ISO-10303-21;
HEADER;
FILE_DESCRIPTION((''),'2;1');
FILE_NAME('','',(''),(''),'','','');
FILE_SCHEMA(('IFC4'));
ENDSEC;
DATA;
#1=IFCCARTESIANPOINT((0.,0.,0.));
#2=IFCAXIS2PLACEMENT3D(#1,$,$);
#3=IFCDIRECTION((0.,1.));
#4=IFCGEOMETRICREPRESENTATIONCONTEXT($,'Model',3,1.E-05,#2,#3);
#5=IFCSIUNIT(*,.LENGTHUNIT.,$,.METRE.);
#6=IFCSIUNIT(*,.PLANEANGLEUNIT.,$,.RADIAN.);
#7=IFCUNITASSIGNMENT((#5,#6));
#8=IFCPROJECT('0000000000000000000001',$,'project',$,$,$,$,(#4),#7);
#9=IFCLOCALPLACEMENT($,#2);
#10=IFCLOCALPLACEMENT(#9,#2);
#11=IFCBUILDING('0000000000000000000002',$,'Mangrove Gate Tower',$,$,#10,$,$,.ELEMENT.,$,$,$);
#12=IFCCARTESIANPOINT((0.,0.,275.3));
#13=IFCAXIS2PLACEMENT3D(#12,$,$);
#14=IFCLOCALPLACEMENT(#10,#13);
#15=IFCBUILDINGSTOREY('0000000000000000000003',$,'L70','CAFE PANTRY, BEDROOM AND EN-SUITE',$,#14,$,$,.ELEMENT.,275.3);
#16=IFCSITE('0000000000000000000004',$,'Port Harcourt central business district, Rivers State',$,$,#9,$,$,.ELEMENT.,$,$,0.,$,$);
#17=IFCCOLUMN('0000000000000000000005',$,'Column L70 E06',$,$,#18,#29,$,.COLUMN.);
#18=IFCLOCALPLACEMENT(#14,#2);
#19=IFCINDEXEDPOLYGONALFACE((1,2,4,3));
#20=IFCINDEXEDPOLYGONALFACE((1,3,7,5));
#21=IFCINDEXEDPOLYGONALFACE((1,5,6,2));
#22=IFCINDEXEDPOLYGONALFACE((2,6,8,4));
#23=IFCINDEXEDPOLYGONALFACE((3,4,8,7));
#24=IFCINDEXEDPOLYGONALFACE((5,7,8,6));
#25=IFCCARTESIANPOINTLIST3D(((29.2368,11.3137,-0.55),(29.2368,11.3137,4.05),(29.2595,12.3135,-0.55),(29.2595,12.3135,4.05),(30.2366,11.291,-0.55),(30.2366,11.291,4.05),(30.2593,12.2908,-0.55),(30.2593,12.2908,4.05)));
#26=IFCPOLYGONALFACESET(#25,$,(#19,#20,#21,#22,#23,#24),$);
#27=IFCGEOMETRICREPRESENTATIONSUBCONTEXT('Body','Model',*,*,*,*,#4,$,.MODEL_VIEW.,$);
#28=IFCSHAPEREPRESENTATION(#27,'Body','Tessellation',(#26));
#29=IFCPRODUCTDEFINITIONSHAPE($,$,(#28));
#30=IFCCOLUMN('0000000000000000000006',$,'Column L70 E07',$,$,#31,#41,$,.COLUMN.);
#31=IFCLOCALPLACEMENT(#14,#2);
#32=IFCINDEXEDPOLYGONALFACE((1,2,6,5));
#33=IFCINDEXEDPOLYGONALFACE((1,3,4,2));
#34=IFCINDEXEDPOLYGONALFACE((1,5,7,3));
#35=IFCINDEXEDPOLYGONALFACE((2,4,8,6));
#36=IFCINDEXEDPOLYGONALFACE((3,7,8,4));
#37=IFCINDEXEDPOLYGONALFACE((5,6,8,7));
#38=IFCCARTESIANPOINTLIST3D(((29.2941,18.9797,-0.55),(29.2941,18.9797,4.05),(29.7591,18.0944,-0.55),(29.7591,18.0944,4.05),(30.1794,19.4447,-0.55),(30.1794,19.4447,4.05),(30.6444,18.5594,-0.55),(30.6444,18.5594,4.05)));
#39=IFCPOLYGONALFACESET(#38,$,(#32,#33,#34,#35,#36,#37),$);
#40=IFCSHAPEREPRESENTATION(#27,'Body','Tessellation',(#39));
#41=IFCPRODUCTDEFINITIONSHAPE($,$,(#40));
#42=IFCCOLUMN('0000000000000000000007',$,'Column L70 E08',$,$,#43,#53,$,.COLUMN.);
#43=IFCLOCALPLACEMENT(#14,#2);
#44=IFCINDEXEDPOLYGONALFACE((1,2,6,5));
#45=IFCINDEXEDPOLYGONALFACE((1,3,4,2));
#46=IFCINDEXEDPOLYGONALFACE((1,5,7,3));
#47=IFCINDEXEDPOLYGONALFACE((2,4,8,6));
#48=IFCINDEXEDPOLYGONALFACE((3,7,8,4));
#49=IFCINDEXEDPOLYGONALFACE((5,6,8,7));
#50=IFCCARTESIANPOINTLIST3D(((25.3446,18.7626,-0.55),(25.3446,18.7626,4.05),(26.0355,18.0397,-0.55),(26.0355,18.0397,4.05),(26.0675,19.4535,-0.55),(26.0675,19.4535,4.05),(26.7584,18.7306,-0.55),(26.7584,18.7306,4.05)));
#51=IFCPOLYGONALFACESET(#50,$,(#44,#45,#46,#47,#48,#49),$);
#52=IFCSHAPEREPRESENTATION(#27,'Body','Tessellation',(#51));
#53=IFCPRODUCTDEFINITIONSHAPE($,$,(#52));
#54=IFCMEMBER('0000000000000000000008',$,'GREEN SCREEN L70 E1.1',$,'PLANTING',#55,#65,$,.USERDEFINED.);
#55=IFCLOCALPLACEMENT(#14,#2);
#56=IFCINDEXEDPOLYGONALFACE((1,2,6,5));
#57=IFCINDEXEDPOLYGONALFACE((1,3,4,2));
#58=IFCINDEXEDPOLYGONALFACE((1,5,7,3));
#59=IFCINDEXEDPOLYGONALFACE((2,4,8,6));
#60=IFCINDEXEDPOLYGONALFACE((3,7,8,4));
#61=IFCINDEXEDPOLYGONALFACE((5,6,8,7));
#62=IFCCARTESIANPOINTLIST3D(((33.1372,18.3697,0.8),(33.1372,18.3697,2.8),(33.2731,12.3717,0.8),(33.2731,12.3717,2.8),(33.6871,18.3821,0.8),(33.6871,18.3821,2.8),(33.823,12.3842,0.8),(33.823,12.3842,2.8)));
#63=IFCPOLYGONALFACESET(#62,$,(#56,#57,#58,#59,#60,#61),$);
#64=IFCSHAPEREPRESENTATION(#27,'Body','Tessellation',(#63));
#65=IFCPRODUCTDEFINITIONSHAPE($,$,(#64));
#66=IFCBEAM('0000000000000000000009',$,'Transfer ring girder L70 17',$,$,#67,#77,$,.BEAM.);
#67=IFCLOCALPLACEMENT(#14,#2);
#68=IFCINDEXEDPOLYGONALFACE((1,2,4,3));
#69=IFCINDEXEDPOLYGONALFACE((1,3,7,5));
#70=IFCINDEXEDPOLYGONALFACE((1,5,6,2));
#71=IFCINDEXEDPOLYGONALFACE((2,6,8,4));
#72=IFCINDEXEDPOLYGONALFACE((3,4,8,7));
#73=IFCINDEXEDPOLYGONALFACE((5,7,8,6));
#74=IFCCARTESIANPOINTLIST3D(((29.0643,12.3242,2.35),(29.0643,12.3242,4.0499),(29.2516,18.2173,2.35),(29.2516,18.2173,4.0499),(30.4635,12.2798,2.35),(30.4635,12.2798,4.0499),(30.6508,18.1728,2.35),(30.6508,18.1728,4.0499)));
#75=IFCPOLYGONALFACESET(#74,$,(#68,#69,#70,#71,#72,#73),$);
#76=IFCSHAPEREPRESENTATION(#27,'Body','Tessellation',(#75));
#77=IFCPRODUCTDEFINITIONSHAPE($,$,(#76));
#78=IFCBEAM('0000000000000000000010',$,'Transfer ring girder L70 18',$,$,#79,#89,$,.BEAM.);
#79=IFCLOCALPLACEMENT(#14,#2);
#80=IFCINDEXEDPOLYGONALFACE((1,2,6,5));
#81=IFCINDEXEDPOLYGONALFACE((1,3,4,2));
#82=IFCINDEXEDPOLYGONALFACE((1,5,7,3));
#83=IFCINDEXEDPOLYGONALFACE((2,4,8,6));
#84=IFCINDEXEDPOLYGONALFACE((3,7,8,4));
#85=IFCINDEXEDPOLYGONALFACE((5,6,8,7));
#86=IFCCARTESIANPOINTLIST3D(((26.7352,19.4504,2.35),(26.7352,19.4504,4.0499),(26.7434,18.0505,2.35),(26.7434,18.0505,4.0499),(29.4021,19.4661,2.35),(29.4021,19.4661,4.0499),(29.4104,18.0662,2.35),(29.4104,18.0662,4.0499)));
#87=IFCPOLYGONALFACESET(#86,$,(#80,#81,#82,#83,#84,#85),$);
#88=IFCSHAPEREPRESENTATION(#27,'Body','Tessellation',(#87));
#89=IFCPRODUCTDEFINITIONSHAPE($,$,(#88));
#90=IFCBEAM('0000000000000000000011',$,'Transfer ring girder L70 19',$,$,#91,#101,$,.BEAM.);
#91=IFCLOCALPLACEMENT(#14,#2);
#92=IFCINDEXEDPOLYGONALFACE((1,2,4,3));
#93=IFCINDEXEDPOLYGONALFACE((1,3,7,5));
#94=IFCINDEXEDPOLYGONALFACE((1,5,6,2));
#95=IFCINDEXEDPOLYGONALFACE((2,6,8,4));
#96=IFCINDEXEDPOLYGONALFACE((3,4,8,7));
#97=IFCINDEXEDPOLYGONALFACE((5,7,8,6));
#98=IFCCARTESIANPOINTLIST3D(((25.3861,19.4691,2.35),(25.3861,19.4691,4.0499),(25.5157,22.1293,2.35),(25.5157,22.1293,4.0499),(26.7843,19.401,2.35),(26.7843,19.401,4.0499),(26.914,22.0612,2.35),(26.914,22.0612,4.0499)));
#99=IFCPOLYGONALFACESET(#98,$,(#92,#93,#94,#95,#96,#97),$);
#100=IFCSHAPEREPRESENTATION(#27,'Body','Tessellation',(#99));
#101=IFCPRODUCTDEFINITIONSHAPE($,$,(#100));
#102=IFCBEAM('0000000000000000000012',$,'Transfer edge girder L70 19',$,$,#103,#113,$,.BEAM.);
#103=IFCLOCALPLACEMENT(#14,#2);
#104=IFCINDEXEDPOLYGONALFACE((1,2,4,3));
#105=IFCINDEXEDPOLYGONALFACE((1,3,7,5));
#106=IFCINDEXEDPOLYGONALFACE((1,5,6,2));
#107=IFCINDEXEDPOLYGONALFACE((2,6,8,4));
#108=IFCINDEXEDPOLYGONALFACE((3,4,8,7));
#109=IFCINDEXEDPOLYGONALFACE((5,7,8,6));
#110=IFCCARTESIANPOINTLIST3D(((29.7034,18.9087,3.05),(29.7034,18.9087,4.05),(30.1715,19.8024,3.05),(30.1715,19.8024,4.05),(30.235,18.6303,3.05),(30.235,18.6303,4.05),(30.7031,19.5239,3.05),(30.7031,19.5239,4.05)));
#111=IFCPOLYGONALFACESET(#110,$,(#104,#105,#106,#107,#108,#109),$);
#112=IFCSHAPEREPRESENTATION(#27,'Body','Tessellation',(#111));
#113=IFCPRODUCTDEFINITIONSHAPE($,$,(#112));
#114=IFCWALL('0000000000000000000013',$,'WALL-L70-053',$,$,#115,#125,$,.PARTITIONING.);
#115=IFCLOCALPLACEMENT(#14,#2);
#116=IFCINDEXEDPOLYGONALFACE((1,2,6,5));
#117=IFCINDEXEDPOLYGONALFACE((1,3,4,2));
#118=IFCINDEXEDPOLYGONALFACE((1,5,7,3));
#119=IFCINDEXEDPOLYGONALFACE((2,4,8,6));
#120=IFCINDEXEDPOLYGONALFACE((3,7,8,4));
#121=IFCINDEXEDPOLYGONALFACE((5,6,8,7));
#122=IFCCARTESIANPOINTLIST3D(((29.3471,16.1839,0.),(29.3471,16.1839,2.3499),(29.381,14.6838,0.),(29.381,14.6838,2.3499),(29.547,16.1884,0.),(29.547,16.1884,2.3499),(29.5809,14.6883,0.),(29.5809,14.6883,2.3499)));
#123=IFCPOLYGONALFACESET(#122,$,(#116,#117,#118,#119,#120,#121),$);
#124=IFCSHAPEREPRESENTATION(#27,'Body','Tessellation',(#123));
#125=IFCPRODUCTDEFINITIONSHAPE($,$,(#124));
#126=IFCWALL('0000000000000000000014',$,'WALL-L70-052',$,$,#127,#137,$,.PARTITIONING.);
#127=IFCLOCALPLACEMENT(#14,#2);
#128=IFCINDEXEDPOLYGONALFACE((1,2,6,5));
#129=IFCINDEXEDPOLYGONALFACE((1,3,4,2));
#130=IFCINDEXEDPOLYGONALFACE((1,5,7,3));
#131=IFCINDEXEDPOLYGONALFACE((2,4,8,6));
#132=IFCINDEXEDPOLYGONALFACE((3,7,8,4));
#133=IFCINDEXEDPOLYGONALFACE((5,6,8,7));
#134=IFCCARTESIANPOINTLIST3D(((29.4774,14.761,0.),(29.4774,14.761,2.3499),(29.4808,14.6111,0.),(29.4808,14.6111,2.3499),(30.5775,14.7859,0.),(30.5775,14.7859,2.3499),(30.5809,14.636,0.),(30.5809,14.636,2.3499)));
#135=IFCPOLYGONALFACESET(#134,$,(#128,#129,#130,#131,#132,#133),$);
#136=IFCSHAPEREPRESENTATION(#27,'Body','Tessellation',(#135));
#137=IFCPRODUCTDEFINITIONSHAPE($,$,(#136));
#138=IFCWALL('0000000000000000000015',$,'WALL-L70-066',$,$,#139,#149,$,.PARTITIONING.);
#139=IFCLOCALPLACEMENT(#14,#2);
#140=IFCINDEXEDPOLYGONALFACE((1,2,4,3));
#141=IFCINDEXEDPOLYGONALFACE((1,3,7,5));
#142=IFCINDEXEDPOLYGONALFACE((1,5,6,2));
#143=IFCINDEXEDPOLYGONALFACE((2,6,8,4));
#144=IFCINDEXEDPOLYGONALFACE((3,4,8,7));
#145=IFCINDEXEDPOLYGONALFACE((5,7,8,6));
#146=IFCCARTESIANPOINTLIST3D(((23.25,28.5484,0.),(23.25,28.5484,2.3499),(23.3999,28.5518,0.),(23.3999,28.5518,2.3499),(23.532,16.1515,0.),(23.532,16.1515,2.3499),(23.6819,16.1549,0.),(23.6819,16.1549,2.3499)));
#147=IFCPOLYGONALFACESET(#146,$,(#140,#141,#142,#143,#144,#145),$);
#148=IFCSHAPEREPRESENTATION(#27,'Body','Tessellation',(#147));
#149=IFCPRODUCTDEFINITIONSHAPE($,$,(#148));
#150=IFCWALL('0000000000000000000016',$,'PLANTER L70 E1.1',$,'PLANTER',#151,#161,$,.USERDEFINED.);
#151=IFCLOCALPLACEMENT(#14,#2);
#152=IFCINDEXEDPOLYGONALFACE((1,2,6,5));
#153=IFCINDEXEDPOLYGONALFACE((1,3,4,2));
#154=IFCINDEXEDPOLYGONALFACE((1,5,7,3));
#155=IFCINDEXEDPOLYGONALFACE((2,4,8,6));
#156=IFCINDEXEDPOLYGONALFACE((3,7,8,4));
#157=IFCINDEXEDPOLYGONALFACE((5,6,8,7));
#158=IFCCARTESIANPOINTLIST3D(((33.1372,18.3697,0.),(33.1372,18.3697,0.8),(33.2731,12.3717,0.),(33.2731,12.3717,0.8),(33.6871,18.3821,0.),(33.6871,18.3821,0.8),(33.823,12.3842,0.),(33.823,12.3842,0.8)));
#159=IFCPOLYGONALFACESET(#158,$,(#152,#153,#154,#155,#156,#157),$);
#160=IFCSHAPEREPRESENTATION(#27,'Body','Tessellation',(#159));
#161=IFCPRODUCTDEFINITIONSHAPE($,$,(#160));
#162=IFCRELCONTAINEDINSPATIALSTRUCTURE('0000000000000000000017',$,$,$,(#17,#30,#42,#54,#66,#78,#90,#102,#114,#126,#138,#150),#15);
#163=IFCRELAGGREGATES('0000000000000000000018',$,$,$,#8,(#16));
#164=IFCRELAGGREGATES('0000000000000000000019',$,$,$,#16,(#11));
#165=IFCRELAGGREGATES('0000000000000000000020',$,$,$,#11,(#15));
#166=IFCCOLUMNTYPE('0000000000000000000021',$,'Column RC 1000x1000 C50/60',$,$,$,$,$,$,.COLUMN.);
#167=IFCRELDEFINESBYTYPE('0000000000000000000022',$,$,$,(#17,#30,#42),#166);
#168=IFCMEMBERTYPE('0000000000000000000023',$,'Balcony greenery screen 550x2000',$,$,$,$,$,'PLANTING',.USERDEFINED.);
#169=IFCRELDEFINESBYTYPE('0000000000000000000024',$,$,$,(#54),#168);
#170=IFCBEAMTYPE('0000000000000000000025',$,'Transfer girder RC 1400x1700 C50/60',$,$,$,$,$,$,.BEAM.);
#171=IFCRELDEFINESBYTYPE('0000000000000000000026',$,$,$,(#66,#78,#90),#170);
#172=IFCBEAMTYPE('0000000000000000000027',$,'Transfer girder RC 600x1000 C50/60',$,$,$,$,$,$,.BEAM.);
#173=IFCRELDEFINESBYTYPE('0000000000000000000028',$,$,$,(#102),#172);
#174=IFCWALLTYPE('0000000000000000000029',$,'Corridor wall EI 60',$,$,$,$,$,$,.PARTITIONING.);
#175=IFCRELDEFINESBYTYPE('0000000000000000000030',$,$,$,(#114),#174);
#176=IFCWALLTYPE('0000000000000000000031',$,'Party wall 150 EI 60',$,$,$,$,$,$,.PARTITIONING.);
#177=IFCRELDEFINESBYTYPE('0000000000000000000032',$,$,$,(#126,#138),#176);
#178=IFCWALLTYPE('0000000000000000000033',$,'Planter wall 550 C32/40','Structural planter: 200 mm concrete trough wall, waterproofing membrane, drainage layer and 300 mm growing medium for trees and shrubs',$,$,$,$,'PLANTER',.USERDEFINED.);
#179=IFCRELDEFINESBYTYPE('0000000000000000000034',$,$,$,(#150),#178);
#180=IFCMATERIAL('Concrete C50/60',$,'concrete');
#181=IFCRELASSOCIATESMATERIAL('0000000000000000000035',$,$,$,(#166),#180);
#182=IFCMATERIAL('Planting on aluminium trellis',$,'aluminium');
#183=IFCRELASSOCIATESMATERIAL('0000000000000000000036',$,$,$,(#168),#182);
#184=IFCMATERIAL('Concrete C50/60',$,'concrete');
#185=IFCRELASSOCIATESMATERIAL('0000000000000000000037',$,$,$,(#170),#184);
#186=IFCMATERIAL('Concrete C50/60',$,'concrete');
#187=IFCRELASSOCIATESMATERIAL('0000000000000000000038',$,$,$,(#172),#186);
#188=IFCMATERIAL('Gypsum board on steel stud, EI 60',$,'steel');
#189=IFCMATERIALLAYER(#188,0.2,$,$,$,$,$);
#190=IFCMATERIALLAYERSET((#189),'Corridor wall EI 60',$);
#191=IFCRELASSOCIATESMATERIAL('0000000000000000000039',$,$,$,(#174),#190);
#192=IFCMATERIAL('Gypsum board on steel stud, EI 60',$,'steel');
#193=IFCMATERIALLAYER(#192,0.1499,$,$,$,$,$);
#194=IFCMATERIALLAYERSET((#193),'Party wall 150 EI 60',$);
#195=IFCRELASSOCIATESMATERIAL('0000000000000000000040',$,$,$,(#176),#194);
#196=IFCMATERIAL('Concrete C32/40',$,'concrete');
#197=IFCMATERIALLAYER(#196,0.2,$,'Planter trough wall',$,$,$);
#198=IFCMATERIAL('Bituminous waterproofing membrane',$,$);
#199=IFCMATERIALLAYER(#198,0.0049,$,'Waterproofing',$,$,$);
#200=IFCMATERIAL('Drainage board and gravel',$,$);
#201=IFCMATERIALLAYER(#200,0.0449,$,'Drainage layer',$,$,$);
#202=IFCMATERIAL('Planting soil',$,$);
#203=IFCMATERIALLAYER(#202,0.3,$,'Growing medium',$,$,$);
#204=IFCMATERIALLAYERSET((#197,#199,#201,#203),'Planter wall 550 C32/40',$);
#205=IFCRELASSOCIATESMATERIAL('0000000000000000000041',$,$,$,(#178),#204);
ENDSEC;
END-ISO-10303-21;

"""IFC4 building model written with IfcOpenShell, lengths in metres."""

from ifc_helpers import new_model, si_unit, direction, frame, frame_2d, origin, origin_2d, place, context, subcontext, project, spatial, rectangle, extrude, material, layer, layer_set, material_profile, profile_set, type_object, element, save


model = new_model("IFC4")

# Units and contexts
model_context = context("Model", 3, precision=1e-05, world=origin(), true_north=direction((0.0, 1.0)))
body_context = subcontext(model_context, "Body", "Model", "MODEL_VIEW")
ifc_project = project(units=[si_unit("LENGTHUNIT", "METRE"), si_unit("PLANEANGLEUNIT", "RADIAN")], contexts=[model_context])

# Site, building, storey
site_placement = place(None, origin())
site = spatial("IfcSite", under=ifc_project, at=site_placement, Name="Port Harcourt central business district, Rivers State", CompositionType="ELEMENT", RefElevation=0.0)
building_placement = place(site_placement, origin())
building = spatial("IfcBuilding", under=site, at=building_placement, Name="Mangrove Gate Tower", CompositionType="ELEMENT")
storey_placement = place(building_placement, frame((0.0, 0.0, 275.3)))
storey = spatial("IfcBuildingStorey", under=building, at=storey_placement, Name="L70", Description="CAFE PANTRY, BEDROOM AND EN-SUITE", CompositionType="ELEMENT", Elevation=275.3)

# Columns
ifc_material_1 = material(Name="Concrete C50/60", Category="concrete")
ifc_material_profile_1 = material_profile(ifc_material_1, rectangle(XDim=1.0, YDim=1.0, at=origin_2d()))
ifc_profile_set_1 = profile_set([ifc_material_profile_1], Name="Concrete C50/60")
column_type = type_object("IfcColumnType", Name="Column RC 1000x1000 C50/60", PredefinedType="COLUMN", material=ifc_profile_set_1)
for number, where, z_axis, x_axis, name in (
    (1, (29.748, 11.8022, -0.55), (0.0, 0.0, 1.0), (0.022669, 0.999743, 0.0), "Column L70 E06"),
    (2, (29.9692, 18.7695, -0.55), (0.0, 0.0, 1.0), (-0.465022, 0.885299, 0.0), "Column L70 E07"),
    (3, (26.0515, 18.7466, -0.55), (0.0, 0.0, 1.0), (-0.690926, 0.722926, 0.0), "Column L70 E08"),
):
    element("IfcColumn", number, at=place(storey_placement, frame(where, z_axis=z_axis, x_axis=x_axis)), inside=storey, type_object=column_type, Name=name, PredefinedType="COLUMN", context=body_context, shape_type="SweptSolid", body=[
        extrude(rectangle(XDim=1.0, YDim=1.0, at=origin_2d()), origin(), (0.0, 0.0, 1.0), 4.6001),
    ])

# Member
ifc_material_2 = material(Name="Planting on aluminium trellis", Category="aluminium")
ifc_material_profile_2 = material_profile(ifc_material_2, rectangle(XDim=0.55, YDim=2.0, at=origin_2d()))
ifc_profile_set_2 = profile_set([ifc_material_profile_2], Name="Planting on aluminium trellis")
member_type = type_object("IfcMemberType", Name="Balcony greenery screen 550x2000", ElementType="PLANTING", PredefinedType="USERDEFINED", material=ifc_profile_set_2)
member_placement = place(storey_placement, frame((33.5481, 12.3779, 1.8), z_axis=(-0.022666, 0.999743, 0.0), x_axis=(-0.999743, -0.022666, 0.0)))
element("IfcMember", 4, at=member_placement, inside=storey, type_object=member_type, Name="GREEN SCREEN L70 E1.1", ObjectType="PLANTING", PredefinedType="USERDEFINED", context=body_context, shape_type="SweptSolid", body=[
    extrude(rectangle(XDim=0.55, YDim=2.0, at=origin_2d()), origin(), (0.0, 0.0, 1.0), 5.9995),
])

# Beams
ifc_material_3 = material(Name="Concrete C50/60", Category="concrete")
ifc_material_profile_3 = material_profile(ifc_material_3, rectangle(XDim=1.3999, YDim=1.7, at=origin_2d()))
ifc_profile_set_3 = profile_set([ifc_material_profile_3], Name="Concrete C50/60")
beam_type_1 = type_object("IfcBeamType", Name="Transfer girder RC 1400x1700 C50/60", PredefinedType="BEAM", material=ifc_profile_set_3)
beam_1_placement = place(storey_placement, frame((29.7639, 12.302, 3.2), z_axis=(0.03176, 0.999496, 0.0), x_axis=(-0.999496, 0.03176, 0.0)))
element("IfcBeam", 5, at=beam_1_placement, inside=storey, type_object=beam_type_1, Name="Transfer ring girder L70 17", PredefinedType="BEAM", context=body_context, shape_type="SweptSolid", body=[
    extrude(rectangle(XDim=1.3999, YDim=1.7, at=origin_2d()), origin(), (0.0, 0.0, 1.0), 5.896),
])
beam_2_placement = place(storey_placement, frame((29.4062, 18.7661, 3.2), z_axis=(-0.999983, -0.005859, 0.0), x_axis=(0.005859, -0.999983, 0.0)))
element("IfcBeam", 6, at=beam_2_placement, inside=storey, type_object=beam_type_1, Name="Transfer ring girder L70 18", PredefinedType="BEAM", context=body_context, shape_type="SweptSolid", body=[
    extrude(rectangle(XDim=1.3999, YDim=1.7, at=origin_2d()), origin(), (0.0, 0.0, 1.0), 2.667),
])
beam_3_placement = place(storey_placement, frame((26.0852, 19.4351, 3.2), z_axis=(0.048676, 0.998815, 0.0), x_axis=(-0.998815, 0.048676, 0.0)))
element("IfcBeam", 7, at=beam_3_placement, inside=storey, type_object=beam_type_1, Name="Transfer ring girder L70 19", PredefinedType="BEAM", context=body_context, shape_type="SweptSolid", body=[
    extrude(rectangle(XDim=1.3999, YDim=1.7, at=origin_2d()), origin(), (0.0, 0.0, 1.0), 2.6633),
])
ifc_material_4 = material(Name="Concrete C50/60", Category="concrete")
ifc_material_profile_4 = material_profile(ifc_material_4, rectangle(XDim=0.6001, YDim=1.0, at=origin_2d()))
ifc_profile_set_4 = profile_set([ifc_material_profile_4], Name="Concrete C50/60")
beam_type_2 = type_object("IfcBeamType", Name="Transfer girder RC 600x1000 C50/60", PredefinedType="BEAM", material=ifc_profile_set_4)
beam_4_placement = place(storey_placement, frame((29.9692, 18.7695, 3.55), z_axis=(0.46398, 0.885846, 0.0), x_axis=(-0.885846, 0.46398, 0.0)))
element("IfcBeam", 8, at=beam_4_placement, inside=storey, type_object=beam_type_2, Name="Transfer edge girder L70 19", PredefinedType="BEAM", context=body_context, shape_type="SweptSolid", body=[
    extrude(rectangle(XDim=0.6001, YDim=1.0, at=origin_2d()), origin(), (0.0, 0.0, 1.0), 1.0088),
])

# Walls
ifc_material_5 = material(Name="Gypsum board on steel stud, EI 60", Category="steel")
ifc_layer_1 = layer(ifc_material_5, 0.2)
ifc_layer_set_1 = layer_set([ifc_layer_1], Name="Corridor wall EI 60")
wall_type_1 = type_object("IfcWallType", Name="Corridor wall EI 60", PredefinedType="PARTITIONING", material=ifc_layer_set_1)
wall_1_placement = place(storey_placement, frame((29.481, 14.686, 0.0), z_axis=(0.0, 0.0, 1.0), x_axis=(-0.022618, 0.999744, 0.0)))
element("IfcWall", 9, at=wall_1_placement, inside=storey, type_object=wall_type_1, Name="WALL-L70-053", PredefinedType="PARTITIONING", context=body_context, shape_type="SweptSolid", body=[
    extrude(rectangle(XDim=1.5005, YDim=0.2, at=frame_2d((0.7502, 0.0))), origin(), (0.0, 0.0, 1.0), 2.3499),
])
ifc_material_6 = material(Name="Gypsum board on steel stud, EI 60", Category="steel")
ifc_layer_2 = layer(ifc_material_6, 0.1499)
ifc_layer_set_2 = layer_set([ifc_layer_2], Name="Party wall 150 EI 60")
wall_type_2 = type_object("IfcWallType", Name="Party wall 150 EI 60", PredefinedType="PARTITIONING", material=ifc_layer_set_2)
wall_2_placement = place(storey_placement, frame((29.479, 14.686, 0.0), z_axis=(0.0, 0.0, 1.0), x_axis=(0.999744, 0.022631, 0.0)))
element("IfcWall", 10, at=wall_2_placement, inside=storey, type_object=wall_type_2, Name="WALL-L70-052", PredefinedType="PARTITIONING", context=body_context, shape_type="SweptSolid", body=[
    extrude(rectangle(XDim=1.1003, YDim=0.1499, at=frame_2d((0.5503, 0.0))), origin(), (0.0, 0.0, 1.0), 2.3499),
])
wall_3_placement = place(storey_placement, frame((23.6069, 16.1531, 0.0), z_axis=(0.0, 0.0, 1.0), x_axis=(-0.02274, 0.999741, 0.0)))
element("IfcWall", 11, at=wall_3_placement, inside=storey, type_object=wall_type_2, Name="WALL-L70-066", PredefinedType="PARTITIONING", context=body_context, shape_type="SweptSolid", body=[
    extrude(rectangle(XDim=12.4001, YDim=0.1499, at=frame_2d((6.2002, 0.0))), origin(), (0.0, 0.0, 1.0), 2.3499),
])
ifc_material_7 = material(Name="Concrete C32/40", Category="concrete")
ifc_layer_3 = layer(ifc_material_7, 0.2, Name="Planter trough wall")
ifc_material_8 = material(Name="Bituminous waterproofing membrane")
ifc_layer_4 = layer(ifc_material_8, 0.0049, Name="Waterproofing")
ifc_material_9 = material(Name="Drainage board and gravel")
ifc_layer_5 = layer(ifc_material_9, 0.0449, Name="Drainage layer")
ifc_material_10 = material(Name="Planting soil")
ifc_layer_6 = layer(ifc_material_10, 0.3, Name="Growing medium")
ifc_layer_set_3 = layer_set([ifc_layer_3, ifc_layer_4, ifc_layer_5, ifc_layer_6], Name="Planter wall 550 C32/40")
wall_type_3 = type_object("IfcWallType", Name="Planter wall 550 C32/40", Description="Structural planter: 200 mm concrete trough wall, waterproofing membrane, drainage layer and 300 mm growing medium for trees and shrubs", ElementType="PLANTER", PredefinedType="USERDEFINED", material=ifc_layer_set_3)
wall_4_placement = place(storey_placement, frame((33.5481, 12.3779, 0.0), z_axis=(0.0, 0.0, 1.0), x_axis=(-0.022666, 0.999743, 0.0)))
element("IfcWall", 12, at=wall_4_placement, inside=storey, type_object=wall_type_3, Name="PLANTER L70 E1.1", ObjectType="PLANTER", PredefinedType="USERDEFINED", context=body_context, shape_type="SweptSolid", body=[
    extrude(rectangle(XDim=5.9995, YDim=0.55, at=frame_2d((2.9998, 0.0))), origin(), (0.0, 0.0, 1.0), 0.8),
])

save(model, "model.ifc")
